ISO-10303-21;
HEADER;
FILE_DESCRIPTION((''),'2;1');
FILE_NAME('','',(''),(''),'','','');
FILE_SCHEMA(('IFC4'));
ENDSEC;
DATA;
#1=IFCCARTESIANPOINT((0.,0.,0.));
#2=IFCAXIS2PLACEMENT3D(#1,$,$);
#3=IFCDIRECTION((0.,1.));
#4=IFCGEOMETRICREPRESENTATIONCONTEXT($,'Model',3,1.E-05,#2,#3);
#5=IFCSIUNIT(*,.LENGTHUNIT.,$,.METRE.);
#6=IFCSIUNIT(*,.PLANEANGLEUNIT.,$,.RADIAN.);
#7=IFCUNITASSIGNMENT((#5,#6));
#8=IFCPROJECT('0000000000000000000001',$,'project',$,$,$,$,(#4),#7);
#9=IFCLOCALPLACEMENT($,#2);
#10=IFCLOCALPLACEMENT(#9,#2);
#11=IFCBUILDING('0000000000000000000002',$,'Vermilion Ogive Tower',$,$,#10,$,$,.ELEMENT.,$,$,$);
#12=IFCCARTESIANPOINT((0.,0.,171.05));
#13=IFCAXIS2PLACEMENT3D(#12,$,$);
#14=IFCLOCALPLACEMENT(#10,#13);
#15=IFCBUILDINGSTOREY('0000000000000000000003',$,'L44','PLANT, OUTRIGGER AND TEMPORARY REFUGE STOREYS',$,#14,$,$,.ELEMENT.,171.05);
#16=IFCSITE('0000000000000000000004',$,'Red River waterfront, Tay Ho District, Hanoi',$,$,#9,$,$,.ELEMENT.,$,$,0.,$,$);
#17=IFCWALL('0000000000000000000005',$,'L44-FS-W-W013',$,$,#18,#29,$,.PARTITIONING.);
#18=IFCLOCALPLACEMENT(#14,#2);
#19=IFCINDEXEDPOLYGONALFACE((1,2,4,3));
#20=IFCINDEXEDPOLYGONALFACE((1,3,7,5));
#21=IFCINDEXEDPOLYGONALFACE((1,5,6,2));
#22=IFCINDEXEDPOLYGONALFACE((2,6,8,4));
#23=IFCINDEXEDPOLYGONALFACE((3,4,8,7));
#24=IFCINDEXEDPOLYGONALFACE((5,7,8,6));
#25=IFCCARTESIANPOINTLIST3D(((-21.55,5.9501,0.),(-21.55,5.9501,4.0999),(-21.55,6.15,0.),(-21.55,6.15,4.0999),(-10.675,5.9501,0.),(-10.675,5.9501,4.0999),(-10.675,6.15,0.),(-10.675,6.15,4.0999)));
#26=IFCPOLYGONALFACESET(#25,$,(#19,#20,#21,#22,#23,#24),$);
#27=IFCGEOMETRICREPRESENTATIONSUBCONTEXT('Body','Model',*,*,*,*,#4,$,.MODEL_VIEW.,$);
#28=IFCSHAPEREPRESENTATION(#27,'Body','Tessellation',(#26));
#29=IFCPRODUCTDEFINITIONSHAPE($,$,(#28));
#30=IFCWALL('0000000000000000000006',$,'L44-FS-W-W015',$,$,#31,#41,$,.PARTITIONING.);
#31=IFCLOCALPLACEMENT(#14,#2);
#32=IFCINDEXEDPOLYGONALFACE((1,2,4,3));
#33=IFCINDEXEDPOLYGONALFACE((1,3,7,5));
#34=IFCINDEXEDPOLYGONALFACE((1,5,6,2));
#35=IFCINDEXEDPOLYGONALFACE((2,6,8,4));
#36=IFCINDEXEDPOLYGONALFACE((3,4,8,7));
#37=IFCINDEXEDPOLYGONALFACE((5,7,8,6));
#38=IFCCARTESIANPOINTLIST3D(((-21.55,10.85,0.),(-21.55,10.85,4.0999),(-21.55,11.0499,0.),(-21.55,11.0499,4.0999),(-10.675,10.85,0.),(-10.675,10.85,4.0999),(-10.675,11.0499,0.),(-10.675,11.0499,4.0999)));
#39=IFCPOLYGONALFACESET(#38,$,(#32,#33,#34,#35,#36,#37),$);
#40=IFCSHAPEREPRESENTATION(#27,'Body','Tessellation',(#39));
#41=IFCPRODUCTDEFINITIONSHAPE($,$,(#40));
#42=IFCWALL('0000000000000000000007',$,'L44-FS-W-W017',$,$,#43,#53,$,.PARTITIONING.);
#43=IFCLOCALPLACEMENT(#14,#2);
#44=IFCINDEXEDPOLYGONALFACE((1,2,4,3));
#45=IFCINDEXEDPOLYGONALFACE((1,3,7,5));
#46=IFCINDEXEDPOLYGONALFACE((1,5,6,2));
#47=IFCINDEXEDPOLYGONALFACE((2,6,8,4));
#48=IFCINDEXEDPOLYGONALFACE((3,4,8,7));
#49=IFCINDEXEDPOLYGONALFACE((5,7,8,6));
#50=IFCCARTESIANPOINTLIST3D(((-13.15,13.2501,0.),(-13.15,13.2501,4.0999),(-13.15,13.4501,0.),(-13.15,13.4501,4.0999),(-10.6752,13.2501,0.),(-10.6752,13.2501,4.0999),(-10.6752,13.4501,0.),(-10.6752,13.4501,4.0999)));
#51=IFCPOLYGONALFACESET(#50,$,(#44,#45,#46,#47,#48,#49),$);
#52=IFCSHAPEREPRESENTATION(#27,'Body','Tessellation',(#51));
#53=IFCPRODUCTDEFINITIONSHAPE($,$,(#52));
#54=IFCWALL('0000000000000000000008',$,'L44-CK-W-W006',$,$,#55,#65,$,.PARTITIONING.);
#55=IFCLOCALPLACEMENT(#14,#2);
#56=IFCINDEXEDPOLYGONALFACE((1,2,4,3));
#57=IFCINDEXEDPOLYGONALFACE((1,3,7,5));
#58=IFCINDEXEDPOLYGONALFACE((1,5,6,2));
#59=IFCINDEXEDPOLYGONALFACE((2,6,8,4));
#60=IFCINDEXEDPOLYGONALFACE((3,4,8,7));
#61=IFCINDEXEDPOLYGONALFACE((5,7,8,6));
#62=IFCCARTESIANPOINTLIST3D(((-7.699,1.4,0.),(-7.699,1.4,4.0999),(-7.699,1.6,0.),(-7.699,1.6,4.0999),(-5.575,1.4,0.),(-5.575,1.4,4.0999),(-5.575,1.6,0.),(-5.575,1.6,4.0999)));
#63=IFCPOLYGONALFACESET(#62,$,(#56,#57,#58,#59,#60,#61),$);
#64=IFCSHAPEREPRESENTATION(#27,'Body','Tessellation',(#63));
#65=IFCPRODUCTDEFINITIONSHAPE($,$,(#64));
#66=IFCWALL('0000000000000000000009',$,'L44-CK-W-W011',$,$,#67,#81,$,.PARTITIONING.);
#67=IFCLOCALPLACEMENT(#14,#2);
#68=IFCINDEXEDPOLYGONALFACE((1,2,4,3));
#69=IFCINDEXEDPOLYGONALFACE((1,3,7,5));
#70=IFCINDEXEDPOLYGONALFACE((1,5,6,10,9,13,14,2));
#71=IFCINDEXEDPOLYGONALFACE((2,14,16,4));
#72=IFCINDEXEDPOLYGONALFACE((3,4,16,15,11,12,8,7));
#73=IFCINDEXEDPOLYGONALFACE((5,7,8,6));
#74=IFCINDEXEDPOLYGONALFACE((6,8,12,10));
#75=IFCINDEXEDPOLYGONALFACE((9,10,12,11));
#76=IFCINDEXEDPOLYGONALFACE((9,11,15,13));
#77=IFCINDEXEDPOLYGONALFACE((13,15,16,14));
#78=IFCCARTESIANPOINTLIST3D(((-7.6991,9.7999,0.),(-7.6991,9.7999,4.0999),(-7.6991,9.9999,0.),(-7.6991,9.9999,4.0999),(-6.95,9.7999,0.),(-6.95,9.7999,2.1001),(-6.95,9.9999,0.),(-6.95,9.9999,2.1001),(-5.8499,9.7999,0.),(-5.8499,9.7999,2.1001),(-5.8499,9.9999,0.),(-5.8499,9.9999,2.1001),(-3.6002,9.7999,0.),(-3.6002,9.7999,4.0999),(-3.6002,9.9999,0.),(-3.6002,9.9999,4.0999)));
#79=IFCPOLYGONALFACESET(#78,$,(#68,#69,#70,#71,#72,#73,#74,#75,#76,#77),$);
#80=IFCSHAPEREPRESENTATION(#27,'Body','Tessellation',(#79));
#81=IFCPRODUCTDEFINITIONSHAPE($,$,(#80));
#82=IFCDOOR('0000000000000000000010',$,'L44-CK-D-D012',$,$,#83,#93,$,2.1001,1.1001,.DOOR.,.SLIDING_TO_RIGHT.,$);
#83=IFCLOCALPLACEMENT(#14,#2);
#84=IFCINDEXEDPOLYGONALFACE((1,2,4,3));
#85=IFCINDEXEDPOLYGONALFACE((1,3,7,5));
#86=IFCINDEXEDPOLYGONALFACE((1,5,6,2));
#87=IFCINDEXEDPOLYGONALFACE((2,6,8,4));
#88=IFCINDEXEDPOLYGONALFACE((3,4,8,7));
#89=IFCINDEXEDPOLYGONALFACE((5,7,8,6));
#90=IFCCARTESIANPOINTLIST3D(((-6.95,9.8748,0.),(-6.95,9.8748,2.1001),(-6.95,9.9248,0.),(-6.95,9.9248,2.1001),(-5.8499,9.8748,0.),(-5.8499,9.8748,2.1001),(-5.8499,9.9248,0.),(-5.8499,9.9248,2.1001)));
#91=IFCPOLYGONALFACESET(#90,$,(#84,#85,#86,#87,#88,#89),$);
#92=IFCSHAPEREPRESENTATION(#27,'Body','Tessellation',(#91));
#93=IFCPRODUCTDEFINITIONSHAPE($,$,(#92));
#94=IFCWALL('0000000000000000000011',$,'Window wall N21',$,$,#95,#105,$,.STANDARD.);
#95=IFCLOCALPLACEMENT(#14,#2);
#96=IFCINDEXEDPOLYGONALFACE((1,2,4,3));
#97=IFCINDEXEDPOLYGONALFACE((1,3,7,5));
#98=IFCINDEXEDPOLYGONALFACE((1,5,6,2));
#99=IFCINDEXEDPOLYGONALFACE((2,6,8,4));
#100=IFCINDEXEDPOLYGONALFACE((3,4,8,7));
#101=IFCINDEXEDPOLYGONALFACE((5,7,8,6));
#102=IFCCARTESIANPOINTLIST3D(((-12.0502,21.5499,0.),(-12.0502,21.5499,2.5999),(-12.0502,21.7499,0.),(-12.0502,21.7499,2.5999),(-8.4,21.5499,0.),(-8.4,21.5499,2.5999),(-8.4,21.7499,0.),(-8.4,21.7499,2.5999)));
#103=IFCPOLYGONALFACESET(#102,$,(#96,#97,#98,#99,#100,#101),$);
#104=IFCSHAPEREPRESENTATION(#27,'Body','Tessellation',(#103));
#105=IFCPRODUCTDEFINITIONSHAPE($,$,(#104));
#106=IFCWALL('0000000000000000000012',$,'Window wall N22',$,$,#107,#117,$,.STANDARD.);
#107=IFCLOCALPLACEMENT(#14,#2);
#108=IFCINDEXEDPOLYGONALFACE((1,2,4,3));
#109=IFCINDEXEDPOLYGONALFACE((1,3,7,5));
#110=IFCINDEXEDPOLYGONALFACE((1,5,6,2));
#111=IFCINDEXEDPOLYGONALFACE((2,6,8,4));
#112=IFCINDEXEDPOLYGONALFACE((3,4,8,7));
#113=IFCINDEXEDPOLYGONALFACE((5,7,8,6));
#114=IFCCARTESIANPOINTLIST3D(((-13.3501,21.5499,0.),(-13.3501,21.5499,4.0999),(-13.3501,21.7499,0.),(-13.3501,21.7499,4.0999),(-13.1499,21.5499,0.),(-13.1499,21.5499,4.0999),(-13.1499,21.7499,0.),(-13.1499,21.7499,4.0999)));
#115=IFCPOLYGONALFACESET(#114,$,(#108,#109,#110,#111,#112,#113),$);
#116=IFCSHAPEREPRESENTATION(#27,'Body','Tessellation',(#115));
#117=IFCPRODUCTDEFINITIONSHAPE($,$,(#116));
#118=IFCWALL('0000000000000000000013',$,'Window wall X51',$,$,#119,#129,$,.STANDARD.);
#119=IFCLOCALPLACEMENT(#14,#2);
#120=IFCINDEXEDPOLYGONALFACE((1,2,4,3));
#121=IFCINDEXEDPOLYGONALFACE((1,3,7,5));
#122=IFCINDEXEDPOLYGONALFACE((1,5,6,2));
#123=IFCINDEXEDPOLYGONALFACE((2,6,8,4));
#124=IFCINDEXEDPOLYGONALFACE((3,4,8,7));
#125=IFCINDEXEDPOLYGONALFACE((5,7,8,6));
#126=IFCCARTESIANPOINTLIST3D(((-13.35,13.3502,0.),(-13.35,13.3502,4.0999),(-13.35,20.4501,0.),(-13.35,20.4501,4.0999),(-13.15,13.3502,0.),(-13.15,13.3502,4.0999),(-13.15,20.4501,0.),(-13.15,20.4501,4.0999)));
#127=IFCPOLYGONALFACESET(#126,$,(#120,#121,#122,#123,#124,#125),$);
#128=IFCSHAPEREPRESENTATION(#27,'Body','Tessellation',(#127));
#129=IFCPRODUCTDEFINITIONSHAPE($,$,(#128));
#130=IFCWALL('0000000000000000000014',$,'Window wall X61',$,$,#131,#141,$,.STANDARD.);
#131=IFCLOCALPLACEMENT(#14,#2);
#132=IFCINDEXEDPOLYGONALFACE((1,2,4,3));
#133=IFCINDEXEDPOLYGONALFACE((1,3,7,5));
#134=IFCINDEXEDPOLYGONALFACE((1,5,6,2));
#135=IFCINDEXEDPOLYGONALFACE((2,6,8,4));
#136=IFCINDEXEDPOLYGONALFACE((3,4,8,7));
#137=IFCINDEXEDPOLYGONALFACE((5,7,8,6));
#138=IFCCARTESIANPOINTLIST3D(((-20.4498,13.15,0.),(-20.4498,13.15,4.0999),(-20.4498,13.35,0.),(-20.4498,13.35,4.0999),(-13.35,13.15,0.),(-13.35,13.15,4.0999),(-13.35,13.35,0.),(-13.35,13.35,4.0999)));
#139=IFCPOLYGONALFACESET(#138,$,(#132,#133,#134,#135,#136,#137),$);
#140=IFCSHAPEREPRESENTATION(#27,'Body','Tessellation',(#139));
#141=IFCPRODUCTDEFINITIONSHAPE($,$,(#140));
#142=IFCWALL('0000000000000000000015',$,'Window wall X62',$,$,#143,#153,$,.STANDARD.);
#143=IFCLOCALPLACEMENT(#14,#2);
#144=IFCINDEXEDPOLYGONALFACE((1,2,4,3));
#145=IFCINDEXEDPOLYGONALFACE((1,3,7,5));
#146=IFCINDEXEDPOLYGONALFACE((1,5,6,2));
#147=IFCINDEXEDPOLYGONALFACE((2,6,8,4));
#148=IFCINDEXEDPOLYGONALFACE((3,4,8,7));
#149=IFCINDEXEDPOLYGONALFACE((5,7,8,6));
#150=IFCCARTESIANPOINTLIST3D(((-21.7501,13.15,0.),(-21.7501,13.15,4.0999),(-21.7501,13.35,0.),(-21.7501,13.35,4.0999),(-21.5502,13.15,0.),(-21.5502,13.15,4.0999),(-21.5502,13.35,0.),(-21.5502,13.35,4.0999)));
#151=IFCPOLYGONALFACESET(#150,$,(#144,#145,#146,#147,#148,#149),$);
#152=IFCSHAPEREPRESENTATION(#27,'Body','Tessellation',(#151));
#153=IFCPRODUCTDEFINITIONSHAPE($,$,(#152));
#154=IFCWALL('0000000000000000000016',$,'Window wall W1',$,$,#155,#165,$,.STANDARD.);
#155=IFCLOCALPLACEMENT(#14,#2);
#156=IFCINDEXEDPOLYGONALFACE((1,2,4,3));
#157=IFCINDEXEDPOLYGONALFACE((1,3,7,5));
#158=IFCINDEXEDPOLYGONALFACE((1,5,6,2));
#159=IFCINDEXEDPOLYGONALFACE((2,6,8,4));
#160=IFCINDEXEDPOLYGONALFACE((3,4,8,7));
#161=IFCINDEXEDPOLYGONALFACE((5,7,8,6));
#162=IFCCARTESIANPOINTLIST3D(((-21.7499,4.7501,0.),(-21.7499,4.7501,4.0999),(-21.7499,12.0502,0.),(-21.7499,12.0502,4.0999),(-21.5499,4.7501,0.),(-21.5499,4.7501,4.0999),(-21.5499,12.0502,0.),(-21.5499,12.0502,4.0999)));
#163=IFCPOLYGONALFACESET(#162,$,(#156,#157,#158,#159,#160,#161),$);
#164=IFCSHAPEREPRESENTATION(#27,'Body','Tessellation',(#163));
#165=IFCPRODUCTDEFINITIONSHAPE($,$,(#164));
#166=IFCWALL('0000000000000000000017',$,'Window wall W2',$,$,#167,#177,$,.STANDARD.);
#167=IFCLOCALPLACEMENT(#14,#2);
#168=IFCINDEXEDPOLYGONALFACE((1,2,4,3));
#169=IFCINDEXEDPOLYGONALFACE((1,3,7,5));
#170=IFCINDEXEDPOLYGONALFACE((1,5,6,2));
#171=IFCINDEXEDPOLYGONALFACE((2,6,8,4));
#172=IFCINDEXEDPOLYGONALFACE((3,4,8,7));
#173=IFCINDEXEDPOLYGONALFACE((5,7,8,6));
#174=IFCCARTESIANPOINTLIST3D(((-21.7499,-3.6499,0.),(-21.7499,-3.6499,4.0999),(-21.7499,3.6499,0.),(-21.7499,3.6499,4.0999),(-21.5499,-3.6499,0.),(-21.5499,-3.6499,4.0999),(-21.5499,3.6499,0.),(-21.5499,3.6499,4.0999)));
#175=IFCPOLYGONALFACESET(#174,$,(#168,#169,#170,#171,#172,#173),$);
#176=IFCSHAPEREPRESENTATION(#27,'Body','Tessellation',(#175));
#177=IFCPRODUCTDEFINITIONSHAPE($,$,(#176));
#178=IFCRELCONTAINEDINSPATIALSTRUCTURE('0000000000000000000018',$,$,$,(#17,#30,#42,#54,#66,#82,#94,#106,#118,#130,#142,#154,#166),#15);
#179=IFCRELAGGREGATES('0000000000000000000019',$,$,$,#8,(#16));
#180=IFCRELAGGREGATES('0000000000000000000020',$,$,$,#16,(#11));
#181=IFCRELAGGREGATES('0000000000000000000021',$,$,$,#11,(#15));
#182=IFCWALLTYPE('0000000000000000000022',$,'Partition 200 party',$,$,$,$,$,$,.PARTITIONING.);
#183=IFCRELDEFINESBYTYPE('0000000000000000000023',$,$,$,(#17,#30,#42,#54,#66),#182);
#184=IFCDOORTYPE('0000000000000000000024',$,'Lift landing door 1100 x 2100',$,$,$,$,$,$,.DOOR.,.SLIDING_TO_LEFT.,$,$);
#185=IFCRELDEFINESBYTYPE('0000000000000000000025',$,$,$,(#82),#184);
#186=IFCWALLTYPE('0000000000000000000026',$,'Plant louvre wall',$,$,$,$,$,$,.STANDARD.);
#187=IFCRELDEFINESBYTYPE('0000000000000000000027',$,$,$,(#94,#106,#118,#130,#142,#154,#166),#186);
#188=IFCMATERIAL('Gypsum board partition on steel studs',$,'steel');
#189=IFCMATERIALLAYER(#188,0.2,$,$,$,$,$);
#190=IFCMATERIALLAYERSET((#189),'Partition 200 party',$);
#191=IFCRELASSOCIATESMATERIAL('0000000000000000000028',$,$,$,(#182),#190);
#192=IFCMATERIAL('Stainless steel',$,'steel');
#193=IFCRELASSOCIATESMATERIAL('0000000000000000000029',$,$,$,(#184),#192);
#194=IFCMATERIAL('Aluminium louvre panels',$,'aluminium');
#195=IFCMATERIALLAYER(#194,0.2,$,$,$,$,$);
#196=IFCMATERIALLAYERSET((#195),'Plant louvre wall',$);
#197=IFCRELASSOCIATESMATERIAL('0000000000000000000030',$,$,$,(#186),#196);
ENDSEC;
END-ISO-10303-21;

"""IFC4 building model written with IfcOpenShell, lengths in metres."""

from ifc_helpers import new_model, si_unit, direction, frame, frame_2d, origin, place, context, subcontext, project, spatial, rectangle, extrude, material, layer, layer_set, type_object, element, fill, save


model = new_model("IFC4")

# Units and contexts
model_context = context("Model", 3, precision=1e-05, world=origin(), true_north=direction((0.0, 1.0)))
body_context = subcontext(model_context, "Body", "Model", "MODEL_VIEW")
ifc_project = project(units=[si_unit("LENGTHUNIT", "METRE"), si_unit("PLANEANGLEUNIT", "RADIAN")], contexts=[model_context])

# Site, building, storey
site_placement = place(None, origin())
site = spatial("IfcSite", under=ifc_project, at=site_placement, Name="Red River waterfront, Tay Ho District, Hanoi", CompositionType="ELEMENT", RefElevation=0.0)
building_placement = place(site_placement, origin())
building = spatial("IfcBuilding", under=site, at=building_placement, Name="Vermilion Ogive Tower", CompositionType="ELEMENT")
storey_placement = place(building_placement, frame((0.0, 0.0, 171.05)))
storey = spatial("IfcBuildingStorey", under=building, at=storey_placement, Name="L44", Description="PLANT, OUTRIGGER AND TEMPORARY REFUGE STOREYS", CompositionType="ELEMENT", Elevation=171.05)

# Walls
ifc_material_1 = material(Name="Gypsum board partition on steel studs", Category="steel")
ifc_layer_1 = layer(ifc_material_1, 0.2)
ifc_layer_set_1 = layer_set([ifc_layer_1], Name="Partition 200 party")
wall_type_1 = type_object("IfcWallType", Name="Partition 200 party", PredefinedType="PARTITIONING", material=ifc_layer_set_1)
for number, where, z_axis, x_axis, name in (
    (1, (-21.55, 6.05, 0.0), (0.0, 0.0, 1.0), (1.0, 0.0, 0.0), "L44-FS-W-W013"),
    (2, (-21.55, 10.95, 0.0), (0.0, 0.0, 1.0), (1.0, 0.0, 0.0), "L44-FS-W-W015"),
):
    element("IfcWall", number, at=place(storey_placement, frame(where, z_axis=z_axis, x_axis=x_axis)), inside=storey, type_object=wall_type_1, Name=name, PredefinedType="PARTITIONING", context=body_context, shape_type="SweptSolid", body=[
        extrude(rectangle(XDim=10.875, YDim=0.2, at=frame_2d((5.4375, 0.0))), origin(), (0.0, 0.0, 1.0), 4.0999),
    ])
wall_1_placement = place(storey_placement, frame((-13.1499, 13.3501, 0.0), z_axis=(0.0, 0.0, 1.0), x_axis=(1.0, 0.0, 0.0)))
element("IfcWall", 3, at=wall_1_placement, inside=storey, type_object=wall_type_1, Name="L44-FS-W-W017", PredefinedType="PARTITIONING", context=body_context, shape_type="SweptSolid", body=[
    extrude(rectangle(XDim=2.4749, YDim=0.2, at=frame_2d((1.2373, 0.0))), origin(), (0.0, 0.0, 1.0), 4.0999),
])
wall_2_placement = place(storey_placement, frame((-7.699, 1.5, 0.0), z_axis=(0.0, 0.0, 1.0), x_axis=(1.0, 0.0, 0.0)))
element("IfcWall", 4, at=wall_2_placement, inside=storey, type_object=wall_type_1, Name="L44-CK-W-W006", PredefinedType="PARTITIONING", context=body_context, shape_type="SweptSolid", body=[
    extrude(rectangle(XDim=2.124, YDim=0.2, at=frame_2d((1.062, 0.0))), origin(), (0.0, 0.0, 1.0), 4.0999),
])

# Wall, opening, door
wall_3_placement = place(storey_placement, frame((-7.699, 9.8999, 0.0), z_axis=(0.0, 0.0, 1.0), x_axis=(1.0, 0.0, 0.0)))
wall_3 = element("IfcWall", 5, at=wall_3_placement, inside=storey, type_object=wall_type_1, Name="L44-CK-W-W011", PredefinedType="PARTITIONING", context=body_context, shape_type="SweptSolid", body=[
    extrude(rectangle(XDim=4.0989, YDim=0.2, at=frame_2d((2.0493, 0.0))), origin(), (0.0, 0.0, 1.0), 4.0999),
])
opening_1_placement = place(wall_3_placement, frame((0.749, 0.0, 0.0)))
opening_1 = element("IfcOpeningElement", 6, at=opening_1_placement, cuts=wall_3, PredefinedType="OPENING", context=body_context, shape_type="SweptSolid", body=[
    extrude(rectangle(XDim=1.1001, YDim=2.1001, at=frame_2d((0.55, 1.05))), frame((0.0, 0.1099, 0.0), z_axis=(0.0, -1.0, 0.0), x_axis=(1.0, 0.0, 0.0)), (0.0, 0.0, 1.0), 0.22),
])
ifc_material_2 = material(Name="Stainless steel", Category="steel")
door_type_1 = type_object("IfcDoorType", Name="Lift landing door 1100 x 2100", OperationType="SLIDING_TO_LEFT", PredefinedType="DOOR", material=ifc_material_2)
door_1_placement = place(opening_1_placement, origin())
door_1 = element("IfcDoor", 7, at=door_1_placement, inside=storey, type_object=door_type_1, Name="L44-CK-D-D012", OperationType="SLIDING_TO_RIGHT", OverallHeight=2.1001, OverallWidth=1.1001, PredefinedType="DOOR", context=body_context, shape_type="SweptSolid", body=[
    extrude(rectangle(XDim=1.1001, YDim=2.1001, at=frame_2d((0.55, 1.05))), frame((0.0, 0.0249, 0.0), z_axis=(0.0, -1.0, 0.0), x_axis=(1.0, 0.0, 0.0)), (0.0, 0.0, 1.0), 0.05),
])
fill(opening_1, door_1)

# Walls
ifc_material_3 = material(Name="Aluminium louvre panels", Category="aluminium")
ifc_layer_2 = layer(ifc_material_3, 0.2)
ifc_layer_set_2 = layer_set([ifc_layer_2], Name="Plant louvre wall")
wall_type_2 = type_object("IfcWallType", Name="Plant louvre wall", PredefinedType="STANDARD", material=ifc_layer_set_2)
wall_4_placement = place(storey_placement, frame((-8.3999, 21.6499, 0.0), z_axis=(0.0, 0.0, 1.0), x_axis=(-1.0, 0.0, 0.0)))
element("IfcWall", 8, at=wall_4_placement, inside=storey, type_object=wall_type_2, Name="Window wall N21", PredefinedType="STANDARD", context=body_context, shape_type="SweptSolid", body=[
    extrude(rectangle(XDim=3.6501, YDim=0.2, at=frame_2d((1.8252, 0.0))), origin(), (0.0, 0.0, 1.0), 2.5999),
])
wall_5_placement = place(storey_placement, frame((-13.1499, 21.6499, 0.0), z_axis=(0.0, 0.0, 1.0), x_axis=(-1.0, 0.0, 0.0)))
element("IfcWall", 9, at=wall_5_placement, inside=storey, type_object=wall_type_2, Name="Window wall N22", PredefinedType="STANDARD", context=body_context, shape_type="SweptSolid", body=[
    extrude(rectangle(XDim=0.2002, YDim=0.2, at=frame_2d((0.1001, 0.0))), origin(), (0.0, 0.0, 1.0), 4.0999),
])
for number, where, z_axis, x_axis, name in (
    (10, (-13.25, 20.45, 0.0), (0.0, 0.0, 1.0), (0.0, -1.0, 0.0), "Window wall X51"),
    (11, (-13.3501, 13.25, 0.0), (0.0, 0.0, 1.0), (-1.0, 0.0, 0.0), "Window wall X61"),
):
    element("IfcWall", number, at=place(storey_placement, frame(where, z_axis=z_axis, x_axis=x_axis)), inside=storey, type_object=wall_type_2, Name=name, PredefinedType="STANDARD", context=body_context, shape_type="SweptSolid", body=[
        extrude(rectangle(XDim=7.0999, YDim=0.2, at=frame_2d((3.5498, 0.0))), origin(), (0.0, 0.0, 1.0), 4.0999),
    ])
wall_6_placement = place(storey_placement, frame((-21.55, 13.25, 0.0), z_axis=(0.0, 0.0, 1.0), x_axis=(-1.0, 0.0, 0.0)))
element("IfcWall", 12, at=wall_6_placement, inside=storey, type_object=wall_type_2, Name="Window wall X62", PredefinedType="STANDARD", context=body_context, shape_type="SweptSolid", body=[
    extrude(rectangle(XDim=0.2, YDim=0.2, at=frame_2d((0.1001, 0.0))), origin(), (0.0, 0.0, 1.0), 4.0999),
])
wall_7_placement = place(storey_placement, frame((-21.6499, 12.05, 0.0), z_axis=(0.0, 0.0, 1.0), x_axis=(0.0, -1.0, 0.0)))
element("IfcWall", 13, at=wall_7_placement, inside=storey, type_object=wall_type_2, Name="Window wall W1", PredefinedType="STANDARD", context=body_context, shape_type="SweptSolid", body=[
    extrude(rectangle(XDim=7.3, YDim=0.2, at=frame_2d((3.6499, 0.0))), origin(), (0.0, 0.0, 1.0), 4.0999),
])
wall_8_placement = place(storey_placement, frame((-21.6499, 3.6499, 0.0), z_axis=(0.0, 0.0, 1.0), x_axis=(0.0, -1.0, 0.0)))
element("IfcWall", 14, at=wall_8_placement, inside=storey, type_object=wall_type_2, Name="Window wall W2", PredefinedType="STANDARD", context=body_context, shape_type="SweptSolid", body=[
    extrude(rectangle(XDim=7.2998, YDim=0.2, at=frame_2d((3.6499, 0.0))), origin(), (0.0, 0.0, 1.0), 4.0999),
])

save(model, "model.ifc")
